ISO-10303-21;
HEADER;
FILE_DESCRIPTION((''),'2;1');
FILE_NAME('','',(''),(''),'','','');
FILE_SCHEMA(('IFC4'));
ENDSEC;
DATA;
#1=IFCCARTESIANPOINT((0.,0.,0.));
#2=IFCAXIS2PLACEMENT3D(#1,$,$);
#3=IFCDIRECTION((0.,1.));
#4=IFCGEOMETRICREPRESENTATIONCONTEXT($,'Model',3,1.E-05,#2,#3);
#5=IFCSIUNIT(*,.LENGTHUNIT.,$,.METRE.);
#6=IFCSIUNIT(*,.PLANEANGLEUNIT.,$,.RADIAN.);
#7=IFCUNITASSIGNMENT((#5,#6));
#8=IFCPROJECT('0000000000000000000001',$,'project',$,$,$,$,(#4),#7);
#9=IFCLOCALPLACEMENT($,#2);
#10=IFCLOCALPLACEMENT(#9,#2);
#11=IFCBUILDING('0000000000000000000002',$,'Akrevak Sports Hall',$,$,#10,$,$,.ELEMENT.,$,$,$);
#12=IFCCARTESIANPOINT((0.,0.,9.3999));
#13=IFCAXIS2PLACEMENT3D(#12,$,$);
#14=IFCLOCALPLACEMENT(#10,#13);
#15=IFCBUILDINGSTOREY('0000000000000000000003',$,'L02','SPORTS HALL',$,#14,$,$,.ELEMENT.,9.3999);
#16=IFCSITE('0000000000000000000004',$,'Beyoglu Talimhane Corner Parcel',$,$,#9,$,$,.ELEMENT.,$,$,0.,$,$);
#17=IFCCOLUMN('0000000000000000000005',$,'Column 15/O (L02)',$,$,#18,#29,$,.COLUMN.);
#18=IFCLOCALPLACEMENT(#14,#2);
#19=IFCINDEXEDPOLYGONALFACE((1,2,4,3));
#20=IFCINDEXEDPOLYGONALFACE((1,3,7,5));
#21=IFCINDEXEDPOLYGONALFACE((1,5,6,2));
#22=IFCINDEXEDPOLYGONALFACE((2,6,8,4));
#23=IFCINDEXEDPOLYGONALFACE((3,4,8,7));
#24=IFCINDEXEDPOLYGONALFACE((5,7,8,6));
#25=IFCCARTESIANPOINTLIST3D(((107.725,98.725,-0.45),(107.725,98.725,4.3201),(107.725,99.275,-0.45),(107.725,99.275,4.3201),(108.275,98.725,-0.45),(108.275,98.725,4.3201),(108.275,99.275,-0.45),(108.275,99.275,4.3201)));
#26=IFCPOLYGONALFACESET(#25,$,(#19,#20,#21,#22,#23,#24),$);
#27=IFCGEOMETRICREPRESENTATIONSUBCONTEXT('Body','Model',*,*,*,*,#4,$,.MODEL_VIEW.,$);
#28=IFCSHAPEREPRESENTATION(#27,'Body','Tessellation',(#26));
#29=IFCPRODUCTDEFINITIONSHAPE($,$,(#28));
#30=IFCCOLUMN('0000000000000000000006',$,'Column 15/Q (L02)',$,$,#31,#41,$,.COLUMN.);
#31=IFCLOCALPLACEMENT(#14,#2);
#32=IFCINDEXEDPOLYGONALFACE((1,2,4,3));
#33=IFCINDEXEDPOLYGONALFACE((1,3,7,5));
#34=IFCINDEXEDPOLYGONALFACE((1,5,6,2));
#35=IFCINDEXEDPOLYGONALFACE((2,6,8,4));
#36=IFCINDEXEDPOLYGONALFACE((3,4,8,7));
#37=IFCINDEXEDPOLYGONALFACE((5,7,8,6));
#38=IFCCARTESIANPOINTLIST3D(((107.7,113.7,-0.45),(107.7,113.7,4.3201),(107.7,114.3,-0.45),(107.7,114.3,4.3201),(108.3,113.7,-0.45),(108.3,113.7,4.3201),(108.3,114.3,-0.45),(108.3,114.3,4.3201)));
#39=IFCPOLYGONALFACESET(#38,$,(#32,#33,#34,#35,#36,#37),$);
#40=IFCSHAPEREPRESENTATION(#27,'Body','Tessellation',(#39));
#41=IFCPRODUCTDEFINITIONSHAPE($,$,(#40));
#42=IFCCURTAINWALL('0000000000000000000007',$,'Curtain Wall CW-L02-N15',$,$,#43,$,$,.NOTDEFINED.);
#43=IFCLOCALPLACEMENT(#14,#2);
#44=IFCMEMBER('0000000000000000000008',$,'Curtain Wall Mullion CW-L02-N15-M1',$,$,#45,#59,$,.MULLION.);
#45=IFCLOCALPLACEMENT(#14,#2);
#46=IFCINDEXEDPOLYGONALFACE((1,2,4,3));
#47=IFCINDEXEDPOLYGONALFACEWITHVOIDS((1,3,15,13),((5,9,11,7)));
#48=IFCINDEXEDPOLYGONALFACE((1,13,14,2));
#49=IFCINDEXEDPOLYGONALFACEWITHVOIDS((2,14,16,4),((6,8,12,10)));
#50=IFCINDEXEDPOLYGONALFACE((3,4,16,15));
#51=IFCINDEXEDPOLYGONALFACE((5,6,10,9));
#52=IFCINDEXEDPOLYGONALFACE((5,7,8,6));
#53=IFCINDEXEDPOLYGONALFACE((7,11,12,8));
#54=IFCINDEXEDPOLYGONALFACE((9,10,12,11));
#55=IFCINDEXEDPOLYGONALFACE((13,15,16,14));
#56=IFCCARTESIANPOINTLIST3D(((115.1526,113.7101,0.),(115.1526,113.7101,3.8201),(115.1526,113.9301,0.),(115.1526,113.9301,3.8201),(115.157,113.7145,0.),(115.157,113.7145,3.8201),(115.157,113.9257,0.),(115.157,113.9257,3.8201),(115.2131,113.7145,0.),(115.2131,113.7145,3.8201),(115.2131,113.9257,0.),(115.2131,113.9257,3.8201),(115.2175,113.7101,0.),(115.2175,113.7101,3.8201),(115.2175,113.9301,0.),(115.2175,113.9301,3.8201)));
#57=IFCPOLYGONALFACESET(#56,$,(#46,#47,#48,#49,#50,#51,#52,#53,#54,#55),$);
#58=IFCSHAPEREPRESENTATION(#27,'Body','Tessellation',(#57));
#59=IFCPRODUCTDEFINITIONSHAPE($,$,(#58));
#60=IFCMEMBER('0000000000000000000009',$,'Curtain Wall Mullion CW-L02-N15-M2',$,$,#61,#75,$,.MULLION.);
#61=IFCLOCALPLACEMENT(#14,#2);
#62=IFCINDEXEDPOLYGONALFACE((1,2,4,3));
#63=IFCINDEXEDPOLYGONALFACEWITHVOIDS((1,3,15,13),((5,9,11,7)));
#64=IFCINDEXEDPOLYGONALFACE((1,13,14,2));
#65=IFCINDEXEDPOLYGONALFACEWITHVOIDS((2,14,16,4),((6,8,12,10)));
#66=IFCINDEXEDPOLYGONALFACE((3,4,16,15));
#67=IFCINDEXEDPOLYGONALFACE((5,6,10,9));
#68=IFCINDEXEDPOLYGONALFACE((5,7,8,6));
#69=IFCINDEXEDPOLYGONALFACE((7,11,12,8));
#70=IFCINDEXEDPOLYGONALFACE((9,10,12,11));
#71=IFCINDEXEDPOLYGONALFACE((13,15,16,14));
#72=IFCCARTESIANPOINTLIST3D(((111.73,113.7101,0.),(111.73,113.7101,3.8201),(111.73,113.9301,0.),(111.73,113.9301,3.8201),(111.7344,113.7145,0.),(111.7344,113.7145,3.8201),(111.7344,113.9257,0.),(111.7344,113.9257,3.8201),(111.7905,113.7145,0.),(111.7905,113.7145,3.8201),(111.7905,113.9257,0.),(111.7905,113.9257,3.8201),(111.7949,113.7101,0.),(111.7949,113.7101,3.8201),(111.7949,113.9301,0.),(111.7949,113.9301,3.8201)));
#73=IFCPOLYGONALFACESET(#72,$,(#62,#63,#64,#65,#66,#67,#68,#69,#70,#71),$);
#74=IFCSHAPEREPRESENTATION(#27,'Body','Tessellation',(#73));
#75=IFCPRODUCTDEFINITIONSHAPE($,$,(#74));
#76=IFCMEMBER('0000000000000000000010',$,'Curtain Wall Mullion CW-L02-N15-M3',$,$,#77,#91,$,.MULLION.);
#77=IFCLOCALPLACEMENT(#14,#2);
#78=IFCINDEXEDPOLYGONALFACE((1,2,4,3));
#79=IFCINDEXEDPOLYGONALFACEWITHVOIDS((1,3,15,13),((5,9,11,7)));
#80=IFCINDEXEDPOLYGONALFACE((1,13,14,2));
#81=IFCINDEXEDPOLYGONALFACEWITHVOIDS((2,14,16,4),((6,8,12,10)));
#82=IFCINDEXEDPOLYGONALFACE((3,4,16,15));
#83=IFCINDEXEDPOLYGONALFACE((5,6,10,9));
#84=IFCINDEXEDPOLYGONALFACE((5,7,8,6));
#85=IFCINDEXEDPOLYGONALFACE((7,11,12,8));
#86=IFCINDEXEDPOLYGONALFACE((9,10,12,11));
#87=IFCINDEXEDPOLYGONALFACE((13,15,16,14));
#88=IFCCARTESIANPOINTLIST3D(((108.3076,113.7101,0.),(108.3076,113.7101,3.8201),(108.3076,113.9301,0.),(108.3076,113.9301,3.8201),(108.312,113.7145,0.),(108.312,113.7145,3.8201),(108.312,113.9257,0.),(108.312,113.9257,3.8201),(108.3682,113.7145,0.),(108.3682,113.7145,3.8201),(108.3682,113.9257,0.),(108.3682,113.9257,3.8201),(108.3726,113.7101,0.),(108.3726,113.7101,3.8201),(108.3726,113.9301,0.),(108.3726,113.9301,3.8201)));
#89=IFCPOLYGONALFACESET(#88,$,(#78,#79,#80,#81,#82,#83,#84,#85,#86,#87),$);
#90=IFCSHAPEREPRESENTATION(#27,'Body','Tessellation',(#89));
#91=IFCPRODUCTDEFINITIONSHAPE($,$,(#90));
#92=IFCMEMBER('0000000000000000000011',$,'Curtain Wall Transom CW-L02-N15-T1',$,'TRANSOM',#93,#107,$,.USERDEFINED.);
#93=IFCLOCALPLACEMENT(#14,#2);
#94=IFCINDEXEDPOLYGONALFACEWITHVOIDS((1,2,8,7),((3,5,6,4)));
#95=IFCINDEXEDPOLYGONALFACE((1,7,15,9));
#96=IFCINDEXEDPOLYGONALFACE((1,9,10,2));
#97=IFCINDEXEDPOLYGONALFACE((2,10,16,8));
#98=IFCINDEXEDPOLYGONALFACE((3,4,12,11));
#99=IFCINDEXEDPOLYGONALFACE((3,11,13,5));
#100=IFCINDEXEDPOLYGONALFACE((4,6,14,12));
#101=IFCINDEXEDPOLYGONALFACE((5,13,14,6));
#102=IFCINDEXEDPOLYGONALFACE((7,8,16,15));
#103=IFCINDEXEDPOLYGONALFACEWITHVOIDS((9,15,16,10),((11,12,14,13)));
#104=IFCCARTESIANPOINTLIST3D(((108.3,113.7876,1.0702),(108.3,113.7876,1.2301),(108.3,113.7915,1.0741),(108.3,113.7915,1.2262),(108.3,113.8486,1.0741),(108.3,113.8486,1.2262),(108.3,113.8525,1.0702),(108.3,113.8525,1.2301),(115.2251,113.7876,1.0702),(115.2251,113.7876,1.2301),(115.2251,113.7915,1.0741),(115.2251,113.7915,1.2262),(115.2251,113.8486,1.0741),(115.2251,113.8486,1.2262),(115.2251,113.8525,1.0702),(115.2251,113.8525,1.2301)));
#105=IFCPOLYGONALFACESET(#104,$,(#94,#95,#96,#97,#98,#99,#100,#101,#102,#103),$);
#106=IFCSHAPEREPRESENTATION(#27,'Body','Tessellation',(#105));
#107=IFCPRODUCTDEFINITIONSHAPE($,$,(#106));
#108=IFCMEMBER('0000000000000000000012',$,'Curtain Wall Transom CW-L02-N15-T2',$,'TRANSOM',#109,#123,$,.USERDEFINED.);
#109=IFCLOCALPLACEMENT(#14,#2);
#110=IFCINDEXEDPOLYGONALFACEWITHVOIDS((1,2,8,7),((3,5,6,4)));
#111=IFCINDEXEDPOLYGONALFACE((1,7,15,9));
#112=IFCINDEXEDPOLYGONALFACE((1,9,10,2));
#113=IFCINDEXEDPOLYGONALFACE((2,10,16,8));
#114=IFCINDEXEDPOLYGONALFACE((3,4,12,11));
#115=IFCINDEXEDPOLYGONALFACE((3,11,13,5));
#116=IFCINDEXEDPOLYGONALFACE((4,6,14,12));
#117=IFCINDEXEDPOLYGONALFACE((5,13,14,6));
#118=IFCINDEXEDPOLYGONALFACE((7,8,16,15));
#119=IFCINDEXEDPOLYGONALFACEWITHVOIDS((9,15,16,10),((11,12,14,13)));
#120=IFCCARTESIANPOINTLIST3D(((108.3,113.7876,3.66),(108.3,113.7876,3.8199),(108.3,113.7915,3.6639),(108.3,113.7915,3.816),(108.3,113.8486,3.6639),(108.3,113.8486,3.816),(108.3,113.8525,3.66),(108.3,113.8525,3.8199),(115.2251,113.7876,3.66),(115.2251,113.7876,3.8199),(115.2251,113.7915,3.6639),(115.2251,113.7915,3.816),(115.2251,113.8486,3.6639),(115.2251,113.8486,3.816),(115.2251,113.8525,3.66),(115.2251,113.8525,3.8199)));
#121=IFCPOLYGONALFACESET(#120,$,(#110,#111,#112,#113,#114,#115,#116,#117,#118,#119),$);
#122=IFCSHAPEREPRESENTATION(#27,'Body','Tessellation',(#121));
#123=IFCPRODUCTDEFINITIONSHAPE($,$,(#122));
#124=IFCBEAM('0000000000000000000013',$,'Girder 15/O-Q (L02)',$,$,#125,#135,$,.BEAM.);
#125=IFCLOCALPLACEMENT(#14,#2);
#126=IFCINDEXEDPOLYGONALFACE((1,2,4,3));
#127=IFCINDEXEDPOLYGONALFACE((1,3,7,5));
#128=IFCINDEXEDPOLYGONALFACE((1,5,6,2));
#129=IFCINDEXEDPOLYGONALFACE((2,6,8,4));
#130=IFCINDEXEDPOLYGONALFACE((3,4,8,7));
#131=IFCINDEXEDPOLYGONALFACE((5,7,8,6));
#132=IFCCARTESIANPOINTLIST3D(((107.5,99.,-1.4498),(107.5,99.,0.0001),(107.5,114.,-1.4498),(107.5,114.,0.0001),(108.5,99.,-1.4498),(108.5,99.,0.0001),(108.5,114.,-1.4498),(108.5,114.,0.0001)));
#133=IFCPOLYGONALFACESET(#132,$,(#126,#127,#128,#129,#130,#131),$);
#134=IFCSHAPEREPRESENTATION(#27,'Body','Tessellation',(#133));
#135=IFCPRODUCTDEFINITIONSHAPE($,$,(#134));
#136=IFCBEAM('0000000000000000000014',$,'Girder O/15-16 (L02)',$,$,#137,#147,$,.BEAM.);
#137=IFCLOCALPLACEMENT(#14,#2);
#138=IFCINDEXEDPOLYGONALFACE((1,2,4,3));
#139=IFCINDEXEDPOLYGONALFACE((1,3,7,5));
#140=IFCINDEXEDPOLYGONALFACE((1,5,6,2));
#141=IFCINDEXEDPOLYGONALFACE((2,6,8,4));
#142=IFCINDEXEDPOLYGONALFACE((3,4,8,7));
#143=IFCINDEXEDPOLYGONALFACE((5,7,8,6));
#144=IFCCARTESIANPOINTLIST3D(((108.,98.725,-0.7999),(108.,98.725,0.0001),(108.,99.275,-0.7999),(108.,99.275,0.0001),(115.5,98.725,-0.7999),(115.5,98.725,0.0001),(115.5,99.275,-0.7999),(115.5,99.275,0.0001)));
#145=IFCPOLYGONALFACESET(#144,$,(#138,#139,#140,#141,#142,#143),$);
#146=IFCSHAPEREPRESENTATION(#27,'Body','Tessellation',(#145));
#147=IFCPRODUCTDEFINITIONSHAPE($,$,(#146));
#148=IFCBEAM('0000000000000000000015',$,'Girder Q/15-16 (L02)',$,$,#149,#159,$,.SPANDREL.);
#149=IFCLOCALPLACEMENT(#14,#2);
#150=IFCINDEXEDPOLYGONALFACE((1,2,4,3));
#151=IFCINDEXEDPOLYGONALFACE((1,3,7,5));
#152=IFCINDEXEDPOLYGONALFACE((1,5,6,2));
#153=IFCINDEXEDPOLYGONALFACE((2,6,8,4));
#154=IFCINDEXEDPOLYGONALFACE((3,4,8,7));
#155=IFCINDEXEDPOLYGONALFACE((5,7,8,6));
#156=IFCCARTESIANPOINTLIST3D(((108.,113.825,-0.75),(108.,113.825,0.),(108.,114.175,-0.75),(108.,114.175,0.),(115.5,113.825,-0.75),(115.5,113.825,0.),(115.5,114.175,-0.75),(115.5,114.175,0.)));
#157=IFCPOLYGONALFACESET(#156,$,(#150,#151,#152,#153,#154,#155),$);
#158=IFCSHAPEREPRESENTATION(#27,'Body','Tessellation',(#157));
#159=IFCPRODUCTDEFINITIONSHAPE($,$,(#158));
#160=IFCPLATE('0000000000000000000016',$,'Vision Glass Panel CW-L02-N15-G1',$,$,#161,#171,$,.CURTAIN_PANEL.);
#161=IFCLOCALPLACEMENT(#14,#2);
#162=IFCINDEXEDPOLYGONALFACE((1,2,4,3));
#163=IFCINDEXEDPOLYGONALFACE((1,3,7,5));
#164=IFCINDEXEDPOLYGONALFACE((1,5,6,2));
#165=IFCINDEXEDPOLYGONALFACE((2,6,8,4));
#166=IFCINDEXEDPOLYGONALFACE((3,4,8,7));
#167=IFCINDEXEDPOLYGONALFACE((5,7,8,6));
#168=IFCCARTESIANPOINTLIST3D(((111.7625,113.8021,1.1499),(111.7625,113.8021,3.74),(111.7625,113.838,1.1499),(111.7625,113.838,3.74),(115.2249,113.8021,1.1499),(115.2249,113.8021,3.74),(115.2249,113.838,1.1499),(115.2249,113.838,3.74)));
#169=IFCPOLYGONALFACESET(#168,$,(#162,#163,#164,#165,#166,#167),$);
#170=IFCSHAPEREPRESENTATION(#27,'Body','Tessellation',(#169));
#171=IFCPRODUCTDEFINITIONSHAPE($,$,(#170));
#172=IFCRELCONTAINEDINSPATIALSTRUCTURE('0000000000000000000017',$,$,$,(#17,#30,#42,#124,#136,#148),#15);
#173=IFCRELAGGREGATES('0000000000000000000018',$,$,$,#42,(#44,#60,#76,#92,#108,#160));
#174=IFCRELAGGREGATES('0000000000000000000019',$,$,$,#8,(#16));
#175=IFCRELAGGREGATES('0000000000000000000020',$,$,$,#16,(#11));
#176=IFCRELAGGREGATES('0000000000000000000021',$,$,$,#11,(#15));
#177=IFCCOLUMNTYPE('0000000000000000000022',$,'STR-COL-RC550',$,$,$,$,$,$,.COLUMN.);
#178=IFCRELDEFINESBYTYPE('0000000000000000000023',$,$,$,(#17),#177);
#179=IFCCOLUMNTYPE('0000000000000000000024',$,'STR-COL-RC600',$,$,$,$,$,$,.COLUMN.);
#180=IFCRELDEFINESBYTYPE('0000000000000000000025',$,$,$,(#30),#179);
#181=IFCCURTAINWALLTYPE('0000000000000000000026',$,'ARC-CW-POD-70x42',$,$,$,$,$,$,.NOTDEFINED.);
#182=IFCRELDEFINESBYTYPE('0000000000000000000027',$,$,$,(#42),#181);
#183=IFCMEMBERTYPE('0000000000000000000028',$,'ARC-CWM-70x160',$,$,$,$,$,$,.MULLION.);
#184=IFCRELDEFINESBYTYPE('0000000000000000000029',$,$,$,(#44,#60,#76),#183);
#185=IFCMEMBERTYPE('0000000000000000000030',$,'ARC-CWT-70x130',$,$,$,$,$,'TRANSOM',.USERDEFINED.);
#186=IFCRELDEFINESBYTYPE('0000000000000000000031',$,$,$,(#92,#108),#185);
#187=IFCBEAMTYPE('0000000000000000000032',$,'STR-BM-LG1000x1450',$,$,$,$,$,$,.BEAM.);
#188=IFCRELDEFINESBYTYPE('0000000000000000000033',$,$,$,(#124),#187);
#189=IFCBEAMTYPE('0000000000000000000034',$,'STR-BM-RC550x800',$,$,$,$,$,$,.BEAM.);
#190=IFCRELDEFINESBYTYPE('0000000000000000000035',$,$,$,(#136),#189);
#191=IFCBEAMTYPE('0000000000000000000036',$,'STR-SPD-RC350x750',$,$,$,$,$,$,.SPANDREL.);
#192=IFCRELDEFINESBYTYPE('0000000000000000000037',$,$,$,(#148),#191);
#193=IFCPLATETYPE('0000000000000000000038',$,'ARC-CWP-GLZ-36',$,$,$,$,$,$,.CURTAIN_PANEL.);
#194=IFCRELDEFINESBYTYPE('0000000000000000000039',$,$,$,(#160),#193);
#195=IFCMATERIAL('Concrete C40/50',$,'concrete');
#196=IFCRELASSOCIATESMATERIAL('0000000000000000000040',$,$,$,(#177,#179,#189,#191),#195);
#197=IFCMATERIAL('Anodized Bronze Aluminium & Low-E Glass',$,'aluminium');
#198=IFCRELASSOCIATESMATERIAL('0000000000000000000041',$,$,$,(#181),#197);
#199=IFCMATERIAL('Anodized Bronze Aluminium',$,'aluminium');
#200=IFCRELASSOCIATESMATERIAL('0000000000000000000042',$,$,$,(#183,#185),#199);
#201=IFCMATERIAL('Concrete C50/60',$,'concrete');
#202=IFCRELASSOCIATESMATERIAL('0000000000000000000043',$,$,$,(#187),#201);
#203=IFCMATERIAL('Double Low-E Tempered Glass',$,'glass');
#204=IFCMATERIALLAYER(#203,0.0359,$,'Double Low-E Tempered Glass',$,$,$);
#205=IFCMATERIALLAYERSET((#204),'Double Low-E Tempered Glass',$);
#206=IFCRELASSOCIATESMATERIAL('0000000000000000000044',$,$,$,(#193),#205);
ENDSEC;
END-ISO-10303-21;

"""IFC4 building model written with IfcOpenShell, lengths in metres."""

from ifc_helpers import new_model, si_unit, direction, frame, origin, origin_2d, place, context, subcontext, project, spatial, rectangle, hollow_rectangle, extrude, material, layer, layer_set, material_profile, profile_set, type_object, element, aggregate, save


model = new_model("IFC4")

# Units and contexts
model_context = context("Model", 3, precision=1e-05, world=origin(), true_north=direction((0.0, 1.0)))
body_context = subcontext(model_context, "Body", "Model", "MODEL_VIEW")
ifc_project = project(units=[si_unit("LENGTHUNIT", "METRE"), si_unit("PLANEANGLEUNIT", "RADIAN")], contexts=[model_context])

# Site, building, storey
site_placement = place(None, origin())
site = spatial("IfcSite", under=ifc_project, at=site_placement, Name="Beyoglu Talimhane Corner Parcel", CompositionType="ELEMENT", RefElevation=0.0)
building_placement = place(site_placement, origin())
building = spatial("IfcBuilding", under=site, at=building_placement, Name="Akrevak Sports Hall", CompositionType="ELEMENT")
storey_placement = place(building_placement, frame((0.0, 0.0, 9.3999)))
storey = spatial("IfcBuildingStorey", under=building, at=storey_placement, Name="L02", Description="SPORTS HALL", CompositionType="ELEMENT", Elevation=9.3999)

# Columns
ifc_material_1 = material(Name="Concrete C40/50", Category="concrete")
ifc_material_profile_1 = material_profile(ifc_material_1, rectangle(XDim=0.55, YDim=0.55, at=origin_2d()), Name="RC 550x550", Category="concrete")
ifc_profile_set_1 = profile_set([ifc_material_profile_1], Name="Concrete C40/50")
column_type_1 = type_object("IfcColumnType", Name="STR-COL-RC550", PredefinedType="COLUMN", material=ifc_profile_set_1)
column_1_placement = place(storey_placement, frame((108.0, 99.0, -0.45), z_axis=(0.0, 0.0, 1.0), x_axis=(1.0, 0.0, 0.0)))
element("IfcColumn", 1, at=column_1_placement, inside=storey, type_object=column_type_1, Name="Column 15/O (L02)", PredefinedType="COLUMN", context=body_context, shape_type="SweptSolid", body=[
    extrude(rectangle(XDim=0.55, YDim=0.55, at=origin_2d()), origin(), (0.0, 0.0, 1.0), 4.77),
])
ifc_material_profile_2 = material_profile(ifc_material_1, rectangle(XDim=0.6001, YDim=0.6001, at=origin_2d()), Name="RC 600x600", Category="concrete")
ifc_profile_set_2 = profile_set([ifc_material_profile_2], Name="Concrete C40/50")
column_type_2 = type_object("IfcColumnType", Name="STR-COL-RC600", PredefinedType="COLUMN", material=ifc_profile_set_2)
column_2_placement = place(storey_placement, frame((108.0, 114.0, -0.45), z_axis=(0.0, 0.0, 1.0), x_axis=(1.0, 0.0, 0.0)))
element("IfcColumn", 2, at=column_2_placement, inside=storey, type_object=column_type_2, Name="Column 15/Q (L02)", PredefinedType="COLUMN", context=body_context, shape_type="SweptSolid", body=[
    extrude(rectangle(XDim=0.6001, YDim=0.6001, at=origin_2d()), origin(), (0.0, 0.0, 1.0), 4.77),
])

# Curtain wall, members
ifc_material_2 = material(Name="Anodized Bronze Aluminium & Low-E Glass", Category="aluminium")
curtain_wall_type = type_object("IfcCurtainWallType", Name="ARC-CW-POD-70x42", PredefinedType="NOTDEFINED", material=ifc_material_2)
curtain_wall_placement = place(storey_placement, origin())
curtain_wall = element("IfcCurtainWall", 3, at=curtain_wall_placement, inside=storey, type_object=curtain_wall_type, Name="Curtain Wall CW-L02-N15", PredefinedType="NOTDEFINED")
ifc_material_3 = material(Name="Anodized Bronze Aluminium", Category="aluminium")
ifc_material_profile_3 = material_profile(ifc_material_3, hollow_rectangle(XDim=0.0649, YDim=0.22, WallThickness=0.0044, at=origin_2d()), Name="CWM 65x220", Category="aluminium")
ifc_profile_set_3 = profile_set([ifc_material_profile_3], Name="Anodized Bronze Aluminium")
member_type_1 = type_object("IfcMemberType", Name="ARC-CWM-70x160", PredefinedType="MULLION", material=ifc_profile_set_3)
member_1_placement = place(storey_placement, frame((115.1851, 113.8201, 0.0), z_axis=(0.0, 0.0, 1.0), x_axis=(-1.0, 0.0, 0.0)))
member_1 = element("IfcMember", 4, at=member_1_placement, type_object=member_type_1, Name="Curtain Wall Mullion CW-L02-N15-M1", PredefinedType="MULLION", context=body_context, shape_type="SweptSolid", body=[
    extrude(hollow_rectangle(XDim=0.0649, YDim=0.22, WallThickness=0.0044, at=origin_2d()), origin(), (0.0, 0.0, 1.0), 3.8201),
])
member_2_placement = place(storey_placement, frame((111.7625, 113.8201, 0.0), z_axis=(0.0, 0.0, 1.0), x_axis=(-1.0, 0.0, 0.0)))
member_2 = element("IfcMember", 5, at=member_2_placement, type_object=member_type_1, Name="Curtain Wall Mullion CW-L02-N15-M2", PredefinedType="MULLION", context=body_context, shape_type="SweptSolid", body=[
    extrude(hollow_rectangle(XDim=0.0649, YDim=0.22, WallThickness=0.0044, at=origin_2d()), origin(), (0.0, 0.0, 1.0), 3.8201),
])
member_3_placement = place(storey_placement, frame((108.3401, 113.8201, 0.0), z_axis=(0.0, 0.0, 1.0), x_axis=(-1.0, 0.0, 0.0)))
member_3 = element("IfcMember", 6, at=member_3_placement, type_object=member_type_1, Name="Curtain Wall Mullion CW-L02-N15-M3", PredefinedType="MULLION", context=body_context, shape_type="SweptSolid", body=[
    extrude(hollow_rectangle(XDim=0.0649, YDim=0.22, WallThickness=0.0044, at=origin_2d()), origin(), (0.0, 0.0, 1.0), 3.8201),
])
ifc_material_profile_4 = material_profile(ifc_material_3, hollow_rectangle(XDim=0.0649, YDim=0.1599, WallThickness=0.0039, at=origin_2d()), Name="CWT 65x160", Category="aluminium")
ifc_profile_set_4 = profile_set([ifc_material_profile_4], Name="Anodized Bronze Aluminium")
member_type_2 = type_object("IfcMemberType", Name="ARC-CWT-70x130", ElementType="TRANSOM", PredefinedType="USERDEFINED", material=ifc_profile_set_4)
member_4_placement = place(storey_placement, frame((115.2251, 113.8201, 1.1501), z_axis=(-1.0, 0.0, 0.0), x_axis=(0.0, -1.0, 0.0)))
member_4 = element("IfcMember", 7, at=member_4_placement, type_object=member_type_2, Name="Curtain Wall Transom CW-L02-N15-T1", ObjectType="TRANSOM", PredefinedType="USERDEFINED", context=body_context, shape_type="SweptSolid", body=[
    extrude(hollow_rectangle(XDim=0.0649, YDim=0.1599, WallThickness=0.0039, at=origin_2d()), origin(), (0.0, 0.0, 1.0), 6.925),
])
member_5_placement = place(storey_placement, frame((115.2251, 113.8201, 3.74), z_axis=(-1.0, 0.0, 0.0), x_axis=(0.0, -1.0, 0.0)))
member_5 = element("IfcMember", 8, at=member_5_placement, type_object=member_type_2, Name="Curtain Wall Transom CW-L02-N15-T2", ObjectType="TRANSOM", PredefinedType="USERDEFINED", context=body_context, shape_type="SweptSolid", body=[
    extrude(hollow_rectangle(XDim=0.0649, YDim=0.1599, WallThickness=0.0039, at=origin_2d()), origin(), (0.0, 0.0, 1.0), 6.925),
])

# Beams
ifc_material_4 = material(Name="Concrete C50/60", Category="concrete")
ifc_material_profile_5 = material_profile(ifc_material_4, rectangle(XDim=1.0, YDim=1.45, at=origin_2d()), Name="BM 1000x1450", Category="concrete")
ifc_profile_set_5 = profile_set([ifc_material_profile_5], Name="Concrete C50/60")
beam_type_1 = type_object("IfcBeamType", Name="STR-BM-LG1000x1450", PredefinedType="BEAM", material=ifc_profile_set_5)
beam_1_placement = place(storey_placement, frame((108.0, 99.0, -0.7249), z_axis=(0.0, 1.0, 0.0), x_axis=(-1.0, 0.0, 0.0)))
element("IfcBeam", 9, at=beam_1_placement, inside=storey, type_object=beam_type_1, Name="Girder 15/O-Q (L02)", PredefinedType="BEAM", context=body_context, shape_type="SweptSolid", body=[
    extrude(rectangle(XDim=1.0, YDim=1.45, at=origin_2d()), origin(), (0.0, 0.0, 1.0), 15.0),
])
ifc_material_profile_6 = material_profile(ifc_material_1, rectangle(XDim=0.55, YDim=0.8, at=origin_2d()), Name="BM 550x800", Category="concrete")
ifc_profile_set_6 = profile_set([ifc_material_profile_6], Name="Concrete C40/50")
beam_type_2 = type_object("IfcBeamType", Name="STR-BM-RC550x800", PredefinedType="BEAM", material=ifc_profile_set_6)
beam_2_placement = place(storey_placement, frame((108.0, 99.0, -0.3999), z_axis=(1.0, 0.0, 0.0), x_axis=(0.0, 1.0, 0.0)))
element("IfcBeam", 10, at=beam_2_placement, inside=storey, type_object=beam_type_2, Name="Girder O/15-16 (L02)", PredefinedType="BEAM", context=body_context, shape_type="SweptSolid", body=[
    extrude(rectangle(XDim=0.55, YDim=0.8, at=origin_2d()), origin(), (0.0, 0.0, 1.0), 7.5),
])
ifc_material_profile_7 = material_profile(ifc_material_1, rectangle(XDim=0.3501, YDim=0.75, at=origin_2d()), Name="SPD 350x750", Category="concrete")
ifc_profile_set_7 = profile_set([ifc_material_profile_7], Name="Concrete C40/50")
beam_type_3 = type_object("IfcBeamType", Name="STR-SPD-RC350x750", PredefinedType="SPANDREL", material=ifc_profile_set_7)
beam_3_placement = place(storey_placement, frame((108.0, 114.0, -0.375), z_axis=(1.0, 0.0, 0.0), x_axis=(0.0, 1.0, 0.0)))
element("IfcBeam", 11, at=beam_3_placement, inside=storey, type_object=beam_type_3, Name="Girder Q/15-16 (L02)", PredefinedType="SPANDREL", context=body_context, shape_type="SweptSolid", body=[
    extrude(rectangle(XDim=0.3501, YDim=0.75, at=origin_2d()), origin(), (0.0, 0.0, 1.0), 7.5),
])

# Plate
ifc_material_5 = material(Name="Double Low-E Tempered Glass", Category="glass")
ifc_layer_1 = layer(ifc_material_5, 0.0359, Name="Double Low-E Tempered Glass")
ifc_layer_set_1 = layer_set([ifc_layer_1], Name="Double Low-E Tempered Glass")
plate_type_1 = type_object("IfcPlateType", Name="ARC-CWP-GLZ-36", PredefinedType="CURTAIN_PANEL", material=ifc_layer_set_1)
plate_1_placement = place(storey_placement, frame((113.4937, 113.8201, 1.1499), z_axis=(0.0, 0.0, 1.0), x_axis=(-1.0, 0.0, 0.0)))
plate_1 = element("IfcPlate", 12, at=plate_1_placement, type_object=plate_type_1, Name="Vision Glass Panel CW-L02-N15-G1", PredefinedType="CURTAIN_PANEL", context=body_context, shape_type="SweptSolid", body=[
    extrude(rectangle(XDim=3.4624, YDim=0.0359, at=origin_2d()), origin(), (0.0, 0.0, 1.0), 2.5901),
])
aggregate(curtain_wall, [member_1, member_2, member_3, member_4, member_5, plate_1])

save(model, "model.ifc")
